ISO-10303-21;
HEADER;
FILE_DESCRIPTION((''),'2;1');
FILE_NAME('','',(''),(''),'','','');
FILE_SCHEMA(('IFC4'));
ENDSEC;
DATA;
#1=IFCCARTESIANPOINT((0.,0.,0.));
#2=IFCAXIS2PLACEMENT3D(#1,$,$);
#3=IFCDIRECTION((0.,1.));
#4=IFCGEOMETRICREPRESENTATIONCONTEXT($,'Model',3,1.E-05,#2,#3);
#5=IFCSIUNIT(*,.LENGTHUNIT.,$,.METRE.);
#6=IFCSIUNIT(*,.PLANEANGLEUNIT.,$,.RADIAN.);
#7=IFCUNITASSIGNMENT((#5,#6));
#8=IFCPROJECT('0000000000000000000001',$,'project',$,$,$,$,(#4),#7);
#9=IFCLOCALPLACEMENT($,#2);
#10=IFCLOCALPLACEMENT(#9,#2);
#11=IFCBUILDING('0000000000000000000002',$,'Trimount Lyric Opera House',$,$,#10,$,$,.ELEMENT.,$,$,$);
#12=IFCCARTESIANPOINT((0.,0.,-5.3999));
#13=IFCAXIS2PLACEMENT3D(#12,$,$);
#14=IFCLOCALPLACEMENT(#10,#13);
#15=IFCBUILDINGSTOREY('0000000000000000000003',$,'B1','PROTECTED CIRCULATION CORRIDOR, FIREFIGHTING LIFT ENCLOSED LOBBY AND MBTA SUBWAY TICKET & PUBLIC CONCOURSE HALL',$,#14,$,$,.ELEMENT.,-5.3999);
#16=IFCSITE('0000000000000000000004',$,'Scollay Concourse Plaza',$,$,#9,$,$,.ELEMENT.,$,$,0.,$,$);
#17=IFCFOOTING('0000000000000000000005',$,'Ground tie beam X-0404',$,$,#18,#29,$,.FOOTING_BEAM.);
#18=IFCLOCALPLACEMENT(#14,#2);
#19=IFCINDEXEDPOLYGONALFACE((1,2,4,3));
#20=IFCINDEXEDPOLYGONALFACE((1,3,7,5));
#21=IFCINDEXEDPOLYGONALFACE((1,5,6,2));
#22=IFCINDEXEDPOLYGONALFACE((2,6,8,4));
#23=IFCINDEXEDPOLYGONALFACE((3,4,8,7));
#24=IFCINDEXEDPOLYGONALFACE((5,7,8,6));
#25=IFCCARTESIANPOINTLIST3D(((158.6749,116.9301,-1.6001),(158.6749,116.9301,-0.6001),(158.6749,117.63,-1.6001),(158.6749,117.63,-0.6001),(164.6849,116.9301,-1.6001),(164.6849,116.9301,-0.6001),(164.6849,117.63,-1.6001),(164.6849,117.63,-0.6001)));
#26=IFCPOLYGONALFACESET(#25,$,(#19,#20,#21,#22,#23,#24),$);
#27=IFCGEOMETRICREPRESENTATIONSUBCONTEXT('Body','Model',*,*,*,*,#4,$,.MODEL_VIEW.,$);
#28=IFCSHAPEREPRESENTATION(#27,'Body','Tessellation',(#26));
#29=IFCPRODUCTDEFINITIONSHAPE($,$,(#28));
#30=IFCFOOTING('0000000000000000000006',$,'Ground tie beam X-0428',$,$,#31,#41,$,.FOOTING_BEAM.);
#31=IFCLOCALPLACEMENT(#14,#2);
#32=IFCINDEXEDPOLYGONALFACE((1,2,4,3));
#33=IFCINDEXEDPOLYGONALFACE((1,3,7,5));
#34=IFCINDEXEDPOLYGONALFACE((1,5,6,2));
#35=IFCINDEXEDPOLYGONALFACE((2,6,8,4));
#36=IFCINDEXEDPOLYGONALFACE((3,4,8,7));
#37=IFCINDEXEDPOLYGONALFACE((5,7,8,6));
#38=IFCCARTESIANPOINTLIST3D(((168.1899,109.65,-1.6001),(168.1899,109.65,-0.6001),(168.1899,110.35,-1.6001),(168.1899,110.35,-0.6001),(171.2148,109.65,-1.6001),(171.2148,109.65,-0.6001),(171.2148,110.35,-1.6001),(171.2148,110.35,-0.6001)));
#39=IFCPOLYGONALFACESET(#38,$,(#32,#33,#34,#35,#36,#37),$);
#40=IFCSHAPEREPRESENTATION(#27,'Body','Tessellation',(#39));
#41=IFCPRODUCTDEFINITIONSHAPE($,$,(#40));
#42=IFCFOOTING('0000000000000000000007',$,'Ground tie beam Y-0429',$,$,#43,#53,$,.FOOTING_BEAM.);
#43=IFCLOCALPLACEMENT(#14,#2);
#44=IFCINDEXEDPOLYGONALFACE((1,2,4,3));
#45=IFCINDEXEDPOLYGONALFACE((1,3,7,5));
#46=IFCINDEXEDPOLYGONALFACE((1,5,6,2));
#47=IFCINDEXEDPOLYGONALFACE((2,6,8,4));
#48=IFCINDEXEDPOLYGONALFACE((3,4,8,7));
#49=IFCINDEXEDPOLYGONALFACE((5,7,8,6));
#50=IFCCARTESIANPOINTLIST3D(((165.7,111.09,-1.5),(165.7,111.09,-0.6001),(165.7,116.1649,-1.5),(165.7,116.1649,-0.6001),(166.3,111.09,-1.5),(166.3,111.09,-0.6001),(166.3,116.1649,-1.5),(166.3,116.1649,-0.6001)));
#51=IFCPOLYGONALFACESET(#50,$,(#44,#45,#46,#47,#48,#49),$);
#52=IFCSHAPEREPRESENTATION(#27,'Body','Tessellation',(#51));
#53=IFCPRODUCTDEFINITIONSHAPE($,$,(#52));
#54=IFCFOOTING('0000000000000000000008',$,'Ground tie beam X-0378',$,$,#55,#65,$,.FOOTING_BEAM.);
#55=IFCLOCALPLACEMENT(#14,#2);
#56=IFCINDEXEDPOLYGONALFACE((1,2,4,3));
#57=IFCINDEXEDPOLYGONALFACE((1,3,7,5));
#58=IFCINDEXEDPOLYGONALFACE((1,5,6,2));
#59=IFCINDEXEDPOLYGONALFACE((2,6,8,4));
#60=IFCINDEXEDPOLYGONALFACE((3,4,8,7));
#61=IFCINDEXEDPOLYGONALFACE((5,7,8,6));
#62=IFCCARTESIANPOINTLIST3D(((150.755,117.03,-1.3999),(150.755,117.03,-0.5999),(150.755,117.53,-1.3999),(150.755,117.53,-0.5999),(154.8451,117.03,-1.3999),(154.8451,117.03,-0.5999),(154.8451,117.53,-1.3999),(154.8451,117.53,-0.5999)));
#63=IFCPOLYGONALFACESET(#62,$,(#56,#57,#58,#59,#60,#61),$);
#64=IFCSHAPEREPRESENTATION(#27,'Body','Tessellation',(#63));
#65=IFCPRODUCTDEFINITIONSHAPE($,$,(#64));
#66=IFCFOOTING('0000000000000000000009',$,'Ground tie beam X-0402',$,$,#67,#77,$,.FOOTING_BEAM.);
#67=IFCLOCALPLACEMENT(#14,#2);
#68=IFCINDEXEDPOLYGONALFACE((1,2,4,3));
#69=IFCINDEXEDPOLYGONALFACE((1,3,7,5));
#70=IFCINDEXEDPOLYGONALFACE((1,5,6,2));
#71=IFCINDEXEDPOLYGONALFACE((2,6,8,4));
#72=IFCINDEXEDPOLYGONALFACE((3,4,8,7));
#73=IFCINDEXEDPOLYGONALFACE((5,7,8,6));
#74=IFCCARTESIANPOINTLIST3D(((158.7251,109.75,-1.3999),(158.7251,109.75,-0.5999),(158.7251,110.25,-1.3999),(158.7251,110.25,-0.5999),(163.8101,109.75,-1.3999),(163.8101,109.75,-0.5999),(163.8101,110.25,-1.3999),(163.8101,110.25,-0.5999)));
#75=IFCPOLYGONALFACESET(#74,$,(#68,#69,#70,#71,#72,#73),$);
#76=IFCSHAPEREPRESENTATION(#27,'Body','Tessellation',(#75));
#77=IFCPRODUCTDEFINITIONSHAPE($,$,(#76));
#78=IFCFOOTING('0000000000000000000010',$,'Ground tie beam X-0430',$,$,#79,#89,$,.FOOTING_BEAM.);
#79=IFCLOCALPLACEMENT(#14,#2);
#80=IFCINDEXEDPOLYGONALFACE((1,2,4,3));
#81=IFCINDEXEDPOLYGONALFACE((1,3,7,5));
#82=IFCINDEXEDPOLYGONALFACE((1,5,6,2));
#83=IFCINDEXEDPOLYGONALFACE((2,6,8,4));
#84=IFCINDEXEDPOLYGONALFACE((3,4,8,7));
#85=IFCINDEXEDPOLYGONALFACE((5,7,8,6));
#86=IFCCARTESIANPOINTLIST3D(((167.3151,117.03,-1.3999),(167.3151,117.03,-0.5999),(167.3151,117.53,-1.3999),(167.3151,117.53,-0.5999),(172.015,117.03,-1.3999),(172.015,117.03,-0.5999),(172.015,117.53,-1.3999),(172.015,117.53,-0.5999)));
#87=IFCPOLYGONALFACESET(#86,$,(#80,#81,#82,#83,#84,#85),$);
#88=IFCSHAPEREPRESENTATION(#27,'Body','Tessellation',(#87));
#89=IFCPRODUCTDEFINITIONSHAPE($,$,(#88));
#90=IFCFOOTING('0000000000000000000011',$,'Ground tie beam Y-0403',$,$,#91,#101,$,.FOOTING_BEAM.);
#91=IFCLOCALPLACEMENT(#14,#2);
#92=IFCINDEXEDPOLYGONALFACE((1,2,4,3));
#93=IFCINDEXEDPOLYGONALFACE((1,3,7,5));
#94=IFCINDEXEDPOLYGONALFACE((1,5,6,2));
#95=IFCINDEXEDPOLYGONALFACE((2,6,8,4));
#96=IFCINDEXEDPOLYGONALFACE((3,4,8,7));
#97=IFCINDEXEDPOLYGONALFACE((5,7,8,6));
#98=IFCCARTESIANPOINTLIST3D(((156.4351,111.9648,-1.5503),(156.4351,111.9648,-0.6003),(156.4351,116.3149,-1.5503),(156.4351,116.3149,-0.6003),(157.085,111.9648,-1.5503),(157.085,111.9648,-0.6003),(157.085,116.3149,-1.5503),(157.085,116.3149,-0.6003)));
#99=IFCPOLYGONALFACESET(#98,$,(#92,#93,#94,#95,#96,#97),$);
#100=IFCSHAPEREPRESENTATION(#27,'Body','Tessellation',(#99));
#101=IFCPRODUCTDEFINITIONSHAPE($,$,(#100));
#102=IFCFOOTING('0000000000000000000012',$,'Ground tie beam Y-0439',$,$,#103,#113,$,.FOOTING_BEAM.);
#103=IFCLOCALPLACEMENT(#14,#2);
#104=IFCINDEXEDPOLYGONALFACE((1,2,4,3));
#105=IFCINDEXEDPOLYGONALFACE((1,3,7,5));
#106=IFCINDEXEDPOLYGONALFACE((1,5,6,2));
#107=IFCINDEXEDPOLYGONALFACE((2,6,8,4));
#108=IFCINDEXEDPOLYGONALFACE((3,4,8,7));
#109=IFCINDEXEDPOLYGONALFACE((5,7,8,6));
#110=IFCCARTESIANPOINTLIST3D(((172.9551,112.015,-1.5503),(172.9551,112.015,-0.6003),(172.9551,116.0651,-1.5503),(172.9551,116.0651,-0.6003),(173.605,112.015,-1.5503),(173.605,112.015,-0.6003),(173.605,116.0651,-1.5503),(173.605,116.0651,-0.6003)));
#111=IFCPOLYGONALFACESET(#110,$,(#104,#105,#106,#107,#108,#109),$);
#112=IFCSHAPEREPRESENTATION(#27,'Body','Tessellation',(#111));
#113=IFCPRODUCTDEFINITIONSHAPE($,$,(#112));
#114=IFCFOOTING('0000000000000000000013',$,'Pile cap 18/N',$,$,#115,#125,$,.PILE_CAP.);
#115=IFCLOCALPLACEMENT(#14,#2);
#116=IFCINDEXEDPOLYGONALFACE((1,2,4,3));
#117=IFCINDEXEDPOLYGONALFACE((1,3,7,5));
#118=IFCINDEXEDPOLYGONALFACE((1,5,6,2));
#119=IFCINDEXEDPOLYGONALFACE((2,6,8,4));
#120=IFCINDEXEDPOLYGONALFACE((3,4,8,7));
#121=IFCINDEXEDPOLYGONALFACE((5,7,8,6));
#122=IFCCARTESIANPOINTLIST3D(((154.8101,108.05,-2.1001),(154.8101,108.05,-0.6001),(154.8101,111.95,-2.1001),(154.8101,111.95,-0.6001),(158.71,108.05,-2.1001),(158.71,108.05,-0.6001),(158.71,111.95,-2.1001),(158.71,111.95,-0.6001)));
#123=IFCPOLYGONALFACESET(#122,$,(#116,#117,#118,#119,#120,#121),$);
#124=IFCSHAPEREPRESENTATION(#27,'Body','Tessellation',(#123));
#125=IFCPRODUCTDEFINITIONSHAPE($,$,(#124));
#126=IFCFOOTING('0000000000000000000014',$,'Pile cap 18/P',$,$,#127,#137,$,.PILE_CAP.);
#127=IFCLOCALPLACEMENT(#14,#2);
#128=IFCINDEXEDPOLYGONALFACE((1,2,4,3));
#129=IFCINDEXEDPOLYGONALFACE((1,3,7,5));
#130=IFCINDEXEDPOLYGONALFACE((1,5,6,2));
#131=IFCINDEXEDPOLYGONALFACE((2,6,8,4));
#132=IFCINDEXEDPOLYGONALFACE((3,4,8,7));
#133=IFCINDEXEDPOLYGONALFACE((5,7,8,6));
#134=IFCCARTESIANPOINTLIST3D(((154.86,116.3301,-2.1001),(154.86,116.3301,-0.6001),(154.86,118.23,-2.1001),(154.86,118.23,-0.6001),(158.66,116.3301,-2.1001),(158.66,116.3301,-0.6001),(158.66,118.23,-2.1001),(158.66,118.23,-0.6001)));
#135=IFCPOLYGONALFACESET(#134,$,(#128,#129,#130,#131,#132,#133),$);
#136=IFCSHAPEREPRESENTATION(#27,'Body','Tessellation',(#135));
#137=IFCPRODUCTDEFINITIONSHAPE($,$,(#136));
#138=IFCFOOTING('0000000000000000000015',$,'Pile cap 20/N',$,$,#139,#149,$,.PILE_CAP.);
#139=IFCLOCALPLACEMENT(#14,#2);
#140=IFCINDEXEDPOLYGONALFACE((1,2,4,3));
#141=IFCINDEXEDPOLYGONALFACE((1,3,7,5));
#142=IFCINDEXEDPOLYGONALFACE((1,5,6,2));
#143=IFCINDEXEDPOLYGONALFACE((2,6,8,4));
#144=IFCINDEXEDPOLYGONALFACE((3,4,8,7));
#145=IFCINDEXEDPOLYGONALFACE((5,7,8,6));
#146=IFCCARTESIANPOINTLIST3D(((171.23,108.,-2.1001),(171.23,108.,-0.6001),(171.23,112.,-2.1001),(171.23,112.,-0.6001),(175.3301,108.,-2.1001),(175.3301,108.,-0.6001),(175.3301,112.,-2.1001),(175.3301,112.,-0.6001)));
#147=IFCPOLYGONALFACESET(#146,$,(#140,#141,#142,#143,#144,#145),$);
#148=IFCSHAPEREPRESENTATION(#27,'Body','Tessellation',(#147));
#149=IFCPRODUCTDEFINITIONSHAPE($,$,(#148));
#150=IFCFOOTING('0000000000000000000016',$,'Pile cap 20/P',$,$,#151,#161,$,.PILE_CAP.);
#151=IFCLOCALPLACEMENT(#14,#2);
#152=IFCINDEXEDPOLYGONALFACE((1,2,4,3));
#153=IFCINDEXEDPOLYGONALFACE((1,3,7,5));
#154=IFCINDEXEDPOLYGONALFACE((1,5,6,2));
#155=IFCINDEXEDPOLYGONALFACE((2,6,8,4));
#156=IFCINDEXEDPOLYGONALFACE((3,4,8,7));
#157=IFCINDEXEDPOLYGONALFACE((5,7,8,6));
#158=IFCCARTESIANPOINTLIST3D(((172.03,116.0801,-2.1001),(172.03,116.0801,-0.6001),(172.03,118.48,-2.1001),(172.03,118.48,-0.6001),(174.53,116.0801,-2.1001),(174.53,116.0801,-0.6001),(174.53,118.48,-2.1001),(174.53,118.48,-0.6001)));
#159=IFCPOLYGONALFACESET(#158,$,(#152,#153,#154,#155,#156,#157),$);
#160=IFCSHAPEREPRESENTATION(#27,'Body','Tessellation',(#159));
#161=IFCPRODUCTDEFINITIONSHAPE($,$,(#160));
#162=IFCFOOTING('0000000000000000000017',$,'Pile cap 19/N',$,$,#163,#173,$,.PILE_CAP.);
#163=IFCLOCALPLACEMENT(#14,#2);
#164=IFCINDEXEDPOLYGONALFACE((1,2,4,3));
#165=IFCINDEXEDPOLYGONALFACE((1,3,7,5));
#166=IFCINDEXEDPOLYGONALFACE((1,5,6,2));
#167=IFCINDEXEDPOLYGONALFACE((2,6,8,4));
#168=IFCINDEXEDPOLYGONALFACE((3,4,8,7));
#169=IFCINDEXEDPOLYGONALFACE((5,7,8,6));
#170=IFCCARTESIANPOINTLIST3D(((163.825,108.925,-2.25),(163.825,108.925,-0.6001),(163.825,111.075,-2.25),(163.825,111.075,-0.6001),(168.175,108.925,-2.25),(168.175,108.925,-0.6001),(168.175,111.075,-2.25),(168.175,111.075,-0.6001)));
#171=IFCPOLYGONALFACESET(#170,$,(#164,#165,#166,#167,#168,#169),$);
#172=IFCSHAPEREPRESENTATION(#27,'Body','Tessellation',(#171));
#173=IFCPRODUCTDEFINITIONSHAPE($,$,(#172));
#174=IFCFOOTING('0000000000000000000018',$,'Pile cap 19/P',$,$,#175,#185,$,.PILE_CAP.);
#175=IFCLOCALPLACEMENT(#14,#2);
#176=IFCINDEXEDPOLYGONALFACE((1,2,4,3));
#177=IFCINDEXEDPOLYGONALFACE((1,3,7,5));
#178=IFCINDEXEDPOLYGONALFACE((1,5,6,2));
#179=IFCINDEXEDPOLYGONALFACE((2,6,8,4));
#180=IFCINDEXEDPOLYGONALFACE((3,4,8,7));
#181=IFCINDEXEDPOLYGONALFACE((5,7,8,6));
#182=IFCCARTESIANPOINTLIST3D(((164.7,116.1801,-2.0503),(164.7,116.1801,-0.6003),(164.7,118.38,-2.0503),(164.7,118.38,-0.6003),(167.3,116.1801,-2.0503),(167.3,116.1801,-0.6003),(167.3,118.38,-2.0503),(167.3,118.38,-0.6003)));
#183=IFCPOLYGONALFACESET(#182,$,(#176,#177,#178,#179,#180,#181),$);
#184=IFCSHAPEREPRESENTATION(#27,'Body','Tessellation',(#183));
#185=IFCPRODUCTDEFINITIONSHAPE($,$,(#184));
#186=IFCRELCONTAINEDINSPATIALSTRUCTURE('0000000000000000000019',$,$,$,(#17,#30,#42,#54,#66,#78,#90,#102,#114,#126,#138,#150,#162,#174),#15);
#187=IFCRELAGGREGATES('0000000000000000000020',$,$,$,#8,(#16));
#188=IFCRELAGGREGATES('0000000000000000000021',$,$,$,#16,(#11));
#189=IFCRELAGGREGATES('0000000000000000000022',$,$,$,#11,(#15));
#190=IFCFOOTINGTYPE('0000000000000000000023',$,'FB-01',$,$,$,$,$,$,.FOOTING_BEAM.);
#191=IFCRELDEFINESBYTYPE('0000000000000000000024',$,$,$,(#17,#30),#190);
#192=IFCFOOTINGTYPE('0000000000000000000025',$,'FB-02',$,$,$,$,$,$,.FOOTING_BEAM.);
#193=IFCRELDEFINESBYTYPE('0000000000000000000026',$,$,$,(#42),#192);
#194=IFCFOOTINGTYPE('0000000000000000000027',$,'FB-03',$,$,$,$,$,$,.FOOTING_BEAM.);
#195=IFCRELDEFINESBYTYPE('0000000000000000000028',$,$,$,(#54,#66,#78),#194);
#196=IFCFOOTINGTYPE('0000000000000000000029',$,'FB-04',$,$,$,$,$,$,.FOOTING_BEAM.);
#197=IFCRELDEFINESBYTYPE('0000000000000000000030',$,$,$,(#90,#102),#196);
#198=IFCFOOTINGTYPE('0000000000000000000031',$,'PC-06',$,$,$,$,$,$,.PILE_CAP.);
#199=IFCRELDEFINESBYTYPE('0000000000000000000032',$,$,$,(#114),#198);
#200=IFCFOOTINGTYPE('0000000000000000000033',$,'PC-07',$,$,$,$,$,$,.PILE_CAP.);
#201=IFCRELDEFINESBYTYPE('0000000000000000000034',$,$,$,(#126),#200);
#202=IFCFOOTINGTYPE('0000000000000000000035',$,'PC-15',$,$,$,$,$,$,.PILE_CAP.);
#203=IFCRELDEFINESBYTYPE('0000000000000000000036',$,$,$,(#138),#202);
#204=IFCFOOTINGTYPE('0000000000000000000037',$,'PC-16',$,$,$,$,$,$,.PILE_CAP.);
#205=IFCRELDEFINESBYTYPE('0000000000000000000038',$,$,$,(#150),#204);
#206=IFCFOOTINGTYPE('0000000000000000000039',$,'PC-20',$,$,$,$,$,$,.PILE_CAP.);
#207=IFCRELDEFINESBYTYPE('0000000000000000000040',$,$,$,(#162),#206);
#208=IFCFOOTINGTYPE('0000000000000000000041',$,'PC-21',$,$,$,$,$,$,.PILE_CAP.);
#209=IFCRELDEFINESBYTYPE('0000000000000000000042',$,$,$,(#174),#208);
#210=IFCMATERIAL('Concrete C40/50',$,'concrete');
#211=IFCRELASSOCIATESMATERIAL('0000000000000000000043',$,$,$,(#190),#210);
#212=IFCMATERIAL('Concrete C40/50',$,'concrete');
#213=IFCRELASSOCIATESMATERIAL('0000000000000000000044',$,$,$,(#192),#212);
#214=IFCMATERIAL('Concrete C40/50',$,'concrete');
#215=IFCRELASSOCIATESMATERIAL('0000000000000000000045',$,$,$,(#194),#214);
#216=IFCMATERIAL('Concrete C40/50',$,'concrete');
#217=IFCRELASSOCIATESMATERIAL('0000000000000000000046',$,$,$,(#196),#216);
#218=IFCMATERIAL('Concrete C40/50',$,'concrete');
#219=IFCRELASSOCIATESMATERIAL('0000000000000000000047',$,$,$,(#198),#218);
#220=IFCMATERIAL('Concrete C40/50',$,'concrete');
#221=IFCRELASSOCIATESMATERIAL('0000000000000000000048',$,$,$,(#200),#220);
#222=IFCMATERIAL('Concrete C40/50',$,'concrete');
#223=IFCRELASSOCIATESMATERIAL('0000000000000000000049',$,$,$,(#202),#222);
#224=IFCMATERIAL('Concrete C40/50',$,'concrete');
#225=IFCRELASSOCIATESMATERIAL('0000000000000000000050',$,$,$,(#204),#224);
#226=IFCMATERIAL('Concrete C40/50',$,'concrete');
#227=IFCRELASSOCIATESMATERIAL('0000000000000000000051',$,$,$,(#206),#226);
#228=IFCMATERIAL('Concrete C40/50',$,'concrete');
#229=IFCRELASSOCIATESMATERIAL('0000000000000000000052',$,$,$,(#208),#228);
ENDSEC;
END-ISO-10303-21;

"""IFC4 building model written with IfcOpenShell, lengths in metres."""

from ifc_helpers import new_model, si_unit, direction, frame, origin, origin_2d, place, context, subcontext, project, spatial, rectangle, extrude, material, type_object, element, save


model = new_model("IFC4")

# Units and contexts
model_context = context("Model", 3, precision=1e-05, world=origin(), true_north=direction((0.0, 1.0)))
body_context = subcontext(model_context, "Body", "Model", "MODEL_VIEW")
ifc_project = project(units=[si_unit("LENGTHUNIT", "METRE"), si_unit("PLANEANGLEUNIT", "RADIAN")], contexts=[model_context])

# Site, building, storey
site_placement = place(None, origin())
site = spatial("IfcSite", under=ifc_project, at=site_placement, Name="Scollay Concourse Plaza", CompositionType="ELEMENT", RefElevation=0.0)
building_placement = place(site_placement, origin())
building = spatial("IfcBuilding", under=site, at=building_placement, Name="Trimount Lyric Opera House", CompositionType="ELEMENT")
storey_placement = place(building_placement, frame((0.0, 0.0, -5.3999)))
storey = spatial("IfcBuildingStorey", under=building, at=storey_placement, Name="B1", Description="PROTECTED CIRCULATION CORRIDOR, FIREFIGHTING LIFT ENCLOSED LOBBY AND MBTA SUBWAY TICKET & PUBLIC CONCOURSE HALL", CompositionType="ELEMENT", Elevation=-5.3999)

# Footings
ifc_material_1 = material(Name="Concrete C40/50", Category="concrete")
footing_type_1 = type_object("IfcFootingType", Name="FB-01", PredefinedType="FOOTING_BEAM", material=ifc_material_1)
footing_1_placement = place(storey_placement, frame((161.6799, 117.28, -1.6001), z_axis=(0.0, 0.0, 1.0), x_axis=(1.0, 0.0, 0.0)))
element("IfcFooting", 1, at=footing_1_placement, inside=storey, type_object=footing_type_1, Name="Ground tie beam X-0404", PredefinedType="FOOTING_BEAM", context=body_context, shape_type="SweptSolid", body=[
    extrude(rectangle(XDim=6.01, YDim=0.7, at=origin_2d()), origin(), (0.0, 0.0, 1.0), 1.0),
])
footing_2_placement = place(storey_placement, frame((169.7024, 110.0, -1.6001), z_axis=(0.0, 0.0, 1.0), x_axis=(1.0, 0.0, 0.0)))
element("IfcFooting", 2, at=footing_2_placement, inside=storey, type_object=footing_type_1, Name="Ground tie beam X-0428", PredefinedType="FOOTING_BEAM", context=body_context, shape_type="SweptSolid", body=[
    extrude(rectangle(XDim=3.0249, YDim=0.7, at=origin_2d()), origin(), (0.0, 0.0, 1.0), 1.0),
])
ifc_material_2 = material(Name="Concrete C40/50", Category="concrete")
footing_type_2 = type_object("IfcFootingType", Name="FB-02", PredefinedType="FOOTING_BEAM", material=ifc_material_2)
footing_3_placement = place(storey_placement, frame((166.0, 113.6274, -1.5), z_axis=(0.0, 0.0, 1.0), x_axis=(1.0, 0.0, 0.0)))
element("IfcFooting", 3, at=footing_3_placement, inside=storey, type_object=footing_type_2, Name="Ground tie beam Y-0429", PredefinedType="FOOTING_BEAM", context=body_context, shape_type="SweptSolid", body=[
    extrude(rectangle(XDim=0.6001, YDim=5.075, at=origin_2d()), origin(), (0.0, 0.0, 1.0), 0.8999),
])
ifc_material_3 = material(Name="Concrete C40/50", Category="concrete")
footing_type_3 = type_object("IfcFootingType", Name="FB-03", PredefinedType="FOOTING_BEAM", material=ifc_material_3)
footing_4_placement = place(storey_placement, frame((152.8, 117.28, -1.3999), z_axis=(0.0, 0.0, 1.0), x_axis=(1.0, 0.0, 0.0)))
element("IfcFooting", 4, at=footing_4_placement, inside=storey, type_object=footing_type_3, Name="Ground tie beam X-0378", PredefinedType="FOOTING_BEAM", context=body_context, shape_type="SweptSolid", body=[
    extrude(rectangle(XDim=4.0901, YDim=0.5, at=origin_2d()), origin(), (0.0, 0.0, 1.0), 0.8),
])
footing_5_placement = place(storey_placement, frame((161.2676, 110.0, -1.3999), z_axis=(0.0, 0.0, 1.0), x_axis=(1.0, 0.0, 0.0)))
element("IfcFooting", 5, at=footing_5_placement, inside=storey, type_object=footing_type_3, Name="Ground tie beam X-0402", PredefinedType="FOOTING_BEAM", context=body_context, shape_type="SweptSolid", body=[
    extrude(rectangle(XDim=5.085, YDim=0.5, at=origin_2d()), origin(), (0.0, 0.0, 1.0), 0.8),
])
footing_6_placement = place(storey_placement, frame((169.665, 117.28, -1.3999), z_axis=(0.0, 0.0, 1.0), x_axis=(1.0, 0.0, 0.0)))
element("IfcFooting", 6, at=footing_6_placement, inside=storey, type_object=footing_type_3, Name="Ground tie beam X-0430", PredefinedType="FOOTING_BEAM", context=body_context, shape_type="SweptSolid", body=[
    extrude(rectangle(XDim=4.7, YDim=0.5, at=origin_2d()), origin(), (0.0, 0.0, 1.0), 0.8),
])
ifc_material_4 = material(Name="Concrete C40/50", Category="concrete")
footing_type_4 = type_object("IfcFootingType", Name="FB-04", PredefinedType="FOOTING_BEAM", material=ifc_material_4)
footing_7_placement = place(storey_placement, frame((156.76, 114.1399, -1.5503), z_axis=(0.0, 0.0, 1.0), x_axis=(1.0, 0.0, 0.0)))
element("IfcFooting", 7, at=footing_7_placement, inside=storey, type_object=footing_type_4, Name="Ground tie beam Y-0403", PredefinedType="FOOTING_BEAM", context=body_context, shape_type="SweptSolid", body=[
    extrude(rectangle(XDim=0.6499, YDim=4.3501, at=origin_2d()), origin(), (0.0, 0.0, 1.0), 0.95),
])
footing_8_placement = place(storey_placement, frame((173.28, 114.04, -1.5503), z_axis=(0.0, 0.0, 1.0), x_axis=(1.0, 0.0, 0.0)))
element("IfcFooting", 8, at=footing_8_placement, inside=storey, type_object=footing_type_4, Name="Ground tie beam Y-0439", PredefinedType="FOOTING_BEAM", context=body_context, shape_type="SweptSolid", body=[
    extrude(rectangle(XDim=0.6499, YDim=4.05, at=origin_2d()), origin(), (0.0, 0.0, 1.0), 0.95),
])
ifc_material_5 = material(Name="Concrete C40/50", Category="concrete")
footing_type_5 = type_object("IfcFootingType", Name="PC-06", PredefinedType="PILE_CAP", material=ifc_material_5)
footing_9_placement = place(storey_placement, frame((156.76, 110.0, -2.1001), z_axis=(0.0, 0.0, 1.0), x_axis=(1.0, 0.0, 0.0)))
element("IfcFooting", 9, at=footing_9_placement, inside=storey, type_object=footing_type_5, Name="Pile cap 18/N", PredefinedType="PILE_CAP", context=body_context, shape_type="SweptSolid", body=[
    extrude(rectangle(XDim=3.8999, YDim=3.8999, at=origin_2d()), origin(), (0.0, 0.0, 1.0), 1.5),
])
ifc_material_6 = material(Name="Concrete C40/50", Category="concrete")
footing_type_6 = type_object("IfcFootingType", Name="PC-07", PredefinedType="PILE_CAP", material=ifc_material_6)
footing_10_placement = place(storey_placement, frame((156.76, 117.28, -2.1001), z_axis=(0.0, 0.0, 1.0), x_axis=(1.0, 0.0, 0.0)))
element("IfcFooting", 10, at=footing_10_placement, inside=storey, type_object=footing_type_6, Name="Pile cap 18/P", PredefinedType="PILE_CAP", context=body_context, shape_type="SweptSolid", body=[
    extrude(rectangle(XDim=3.8, YDim=1.8999, at=origin_2d()), origin(), (0.0, 0.0, 1.0), 1.5),
])
ifc_material_7 = material(Name="Concrete C40/50", Category="concrete")
footing_type_7 = type_object("IfcFootingType", Name="PC-15", PredefinedType="PILE_CAP", material=ifc_material_7)
footing_11_placement = place(storey_placement, frame((173.28, 110.0, -2.1001), z_axis=(0.0, 0.0, 1.0), x_axis=(1.0, 0.0, 0.0)))
element("IfcFooting", 11, at=footing_11_placement, inside=storey, type_object=footing_type_7, Name="Pile cap 20/N", PredefinedType="PILE_CAP", context=body_context, shape_type="SweptSolid", body=[
    extrude(rectangle(XDim=4.1001, YDim=4.0, at=origin_2d()), origin(), (0.0, 0.0, 1.0), 1.5),
])
ifc_material_8 = material(Name="Concrete C40/50", Category="concrete")
footing_type_8 = type_object("IfcFootingType", Name="PC-16", PredefinedType="PILE_CAP", material=ifc_material_8)
footing_12_placement = place(storey_placement, frame((173.28, 117.28, -2.1001), z_axis=(0.0, 0.0, 1.0), x_axis=(1.0, 0.0, 0.0)))
element("IfcFooting", 12, at=footing_12_placement, inside=storey, type_object=footing_type_8, Name="Pile cap 20/P", PredefinedType="PILE_CAP", context=body_context, shape_type="SweptSolid", body=[
    extrude(rectangle(XDim=2.5, YDim=2.3999, at=origin_2d()), origin(), (0.0, 0.0, 1.0), 1.5),
])
ifc_material_9 = material(Name="Concrete C40/50", Category="concrete")
footing_type_9 = type_object("IfcFootingType", Name="PC-20", PredefinedType="PILE_CAP", material=ifc_material_9)
footing_13_placement = place(storey_placement, frame((166.0, 110.0, -2.25), z_axis=(0.0, 0.0, 1.0), x_axis=(1.0, 0.0, 0.0)))
element("IfcFooting", 13, at=footing_13_placement, inside=storey, type_object=footing_type_9, Name="Pile cap 19/N", PredefinedType="PILE_CAP", context=body_context, shape_type="SweptSolid", body=[
    extrude(rectangle(XDim=4.3501, YDim=2.1499, at=origin_2d()), origin(), (0.0, 0.0, 1.0), 1.6499),
])
ifc_material_10 = material(Name="Concrete C40/50", Category="concrete")
footing_type_10 = type_object("IfcFootingType", Name="PC-21", PredefinedType="PILE_CAP", material=ifc_material_10)
footing_14_placement = place(storey_placement, frame((166.0, 117.28, -2.0503), z_axis=(0.0, 0.0, 1.0), x_axis=(1.0, 0.0, 0.0)))
element("IfcFooting", 14, at=footing_14_placement, inside=storey, type_object=footing_type_10, Name="Pile cap 19/P", PredefinedType="PILE_CAP", context=body_context, shape_type="SweptSolid", body=[
    extrude(rectangle(XDim=2.6001, YDim=2.2, at=origin_2d()), origin(), (0.0, 0.0, 1.0), 1.45),
])

save(model, "model.ifc")
